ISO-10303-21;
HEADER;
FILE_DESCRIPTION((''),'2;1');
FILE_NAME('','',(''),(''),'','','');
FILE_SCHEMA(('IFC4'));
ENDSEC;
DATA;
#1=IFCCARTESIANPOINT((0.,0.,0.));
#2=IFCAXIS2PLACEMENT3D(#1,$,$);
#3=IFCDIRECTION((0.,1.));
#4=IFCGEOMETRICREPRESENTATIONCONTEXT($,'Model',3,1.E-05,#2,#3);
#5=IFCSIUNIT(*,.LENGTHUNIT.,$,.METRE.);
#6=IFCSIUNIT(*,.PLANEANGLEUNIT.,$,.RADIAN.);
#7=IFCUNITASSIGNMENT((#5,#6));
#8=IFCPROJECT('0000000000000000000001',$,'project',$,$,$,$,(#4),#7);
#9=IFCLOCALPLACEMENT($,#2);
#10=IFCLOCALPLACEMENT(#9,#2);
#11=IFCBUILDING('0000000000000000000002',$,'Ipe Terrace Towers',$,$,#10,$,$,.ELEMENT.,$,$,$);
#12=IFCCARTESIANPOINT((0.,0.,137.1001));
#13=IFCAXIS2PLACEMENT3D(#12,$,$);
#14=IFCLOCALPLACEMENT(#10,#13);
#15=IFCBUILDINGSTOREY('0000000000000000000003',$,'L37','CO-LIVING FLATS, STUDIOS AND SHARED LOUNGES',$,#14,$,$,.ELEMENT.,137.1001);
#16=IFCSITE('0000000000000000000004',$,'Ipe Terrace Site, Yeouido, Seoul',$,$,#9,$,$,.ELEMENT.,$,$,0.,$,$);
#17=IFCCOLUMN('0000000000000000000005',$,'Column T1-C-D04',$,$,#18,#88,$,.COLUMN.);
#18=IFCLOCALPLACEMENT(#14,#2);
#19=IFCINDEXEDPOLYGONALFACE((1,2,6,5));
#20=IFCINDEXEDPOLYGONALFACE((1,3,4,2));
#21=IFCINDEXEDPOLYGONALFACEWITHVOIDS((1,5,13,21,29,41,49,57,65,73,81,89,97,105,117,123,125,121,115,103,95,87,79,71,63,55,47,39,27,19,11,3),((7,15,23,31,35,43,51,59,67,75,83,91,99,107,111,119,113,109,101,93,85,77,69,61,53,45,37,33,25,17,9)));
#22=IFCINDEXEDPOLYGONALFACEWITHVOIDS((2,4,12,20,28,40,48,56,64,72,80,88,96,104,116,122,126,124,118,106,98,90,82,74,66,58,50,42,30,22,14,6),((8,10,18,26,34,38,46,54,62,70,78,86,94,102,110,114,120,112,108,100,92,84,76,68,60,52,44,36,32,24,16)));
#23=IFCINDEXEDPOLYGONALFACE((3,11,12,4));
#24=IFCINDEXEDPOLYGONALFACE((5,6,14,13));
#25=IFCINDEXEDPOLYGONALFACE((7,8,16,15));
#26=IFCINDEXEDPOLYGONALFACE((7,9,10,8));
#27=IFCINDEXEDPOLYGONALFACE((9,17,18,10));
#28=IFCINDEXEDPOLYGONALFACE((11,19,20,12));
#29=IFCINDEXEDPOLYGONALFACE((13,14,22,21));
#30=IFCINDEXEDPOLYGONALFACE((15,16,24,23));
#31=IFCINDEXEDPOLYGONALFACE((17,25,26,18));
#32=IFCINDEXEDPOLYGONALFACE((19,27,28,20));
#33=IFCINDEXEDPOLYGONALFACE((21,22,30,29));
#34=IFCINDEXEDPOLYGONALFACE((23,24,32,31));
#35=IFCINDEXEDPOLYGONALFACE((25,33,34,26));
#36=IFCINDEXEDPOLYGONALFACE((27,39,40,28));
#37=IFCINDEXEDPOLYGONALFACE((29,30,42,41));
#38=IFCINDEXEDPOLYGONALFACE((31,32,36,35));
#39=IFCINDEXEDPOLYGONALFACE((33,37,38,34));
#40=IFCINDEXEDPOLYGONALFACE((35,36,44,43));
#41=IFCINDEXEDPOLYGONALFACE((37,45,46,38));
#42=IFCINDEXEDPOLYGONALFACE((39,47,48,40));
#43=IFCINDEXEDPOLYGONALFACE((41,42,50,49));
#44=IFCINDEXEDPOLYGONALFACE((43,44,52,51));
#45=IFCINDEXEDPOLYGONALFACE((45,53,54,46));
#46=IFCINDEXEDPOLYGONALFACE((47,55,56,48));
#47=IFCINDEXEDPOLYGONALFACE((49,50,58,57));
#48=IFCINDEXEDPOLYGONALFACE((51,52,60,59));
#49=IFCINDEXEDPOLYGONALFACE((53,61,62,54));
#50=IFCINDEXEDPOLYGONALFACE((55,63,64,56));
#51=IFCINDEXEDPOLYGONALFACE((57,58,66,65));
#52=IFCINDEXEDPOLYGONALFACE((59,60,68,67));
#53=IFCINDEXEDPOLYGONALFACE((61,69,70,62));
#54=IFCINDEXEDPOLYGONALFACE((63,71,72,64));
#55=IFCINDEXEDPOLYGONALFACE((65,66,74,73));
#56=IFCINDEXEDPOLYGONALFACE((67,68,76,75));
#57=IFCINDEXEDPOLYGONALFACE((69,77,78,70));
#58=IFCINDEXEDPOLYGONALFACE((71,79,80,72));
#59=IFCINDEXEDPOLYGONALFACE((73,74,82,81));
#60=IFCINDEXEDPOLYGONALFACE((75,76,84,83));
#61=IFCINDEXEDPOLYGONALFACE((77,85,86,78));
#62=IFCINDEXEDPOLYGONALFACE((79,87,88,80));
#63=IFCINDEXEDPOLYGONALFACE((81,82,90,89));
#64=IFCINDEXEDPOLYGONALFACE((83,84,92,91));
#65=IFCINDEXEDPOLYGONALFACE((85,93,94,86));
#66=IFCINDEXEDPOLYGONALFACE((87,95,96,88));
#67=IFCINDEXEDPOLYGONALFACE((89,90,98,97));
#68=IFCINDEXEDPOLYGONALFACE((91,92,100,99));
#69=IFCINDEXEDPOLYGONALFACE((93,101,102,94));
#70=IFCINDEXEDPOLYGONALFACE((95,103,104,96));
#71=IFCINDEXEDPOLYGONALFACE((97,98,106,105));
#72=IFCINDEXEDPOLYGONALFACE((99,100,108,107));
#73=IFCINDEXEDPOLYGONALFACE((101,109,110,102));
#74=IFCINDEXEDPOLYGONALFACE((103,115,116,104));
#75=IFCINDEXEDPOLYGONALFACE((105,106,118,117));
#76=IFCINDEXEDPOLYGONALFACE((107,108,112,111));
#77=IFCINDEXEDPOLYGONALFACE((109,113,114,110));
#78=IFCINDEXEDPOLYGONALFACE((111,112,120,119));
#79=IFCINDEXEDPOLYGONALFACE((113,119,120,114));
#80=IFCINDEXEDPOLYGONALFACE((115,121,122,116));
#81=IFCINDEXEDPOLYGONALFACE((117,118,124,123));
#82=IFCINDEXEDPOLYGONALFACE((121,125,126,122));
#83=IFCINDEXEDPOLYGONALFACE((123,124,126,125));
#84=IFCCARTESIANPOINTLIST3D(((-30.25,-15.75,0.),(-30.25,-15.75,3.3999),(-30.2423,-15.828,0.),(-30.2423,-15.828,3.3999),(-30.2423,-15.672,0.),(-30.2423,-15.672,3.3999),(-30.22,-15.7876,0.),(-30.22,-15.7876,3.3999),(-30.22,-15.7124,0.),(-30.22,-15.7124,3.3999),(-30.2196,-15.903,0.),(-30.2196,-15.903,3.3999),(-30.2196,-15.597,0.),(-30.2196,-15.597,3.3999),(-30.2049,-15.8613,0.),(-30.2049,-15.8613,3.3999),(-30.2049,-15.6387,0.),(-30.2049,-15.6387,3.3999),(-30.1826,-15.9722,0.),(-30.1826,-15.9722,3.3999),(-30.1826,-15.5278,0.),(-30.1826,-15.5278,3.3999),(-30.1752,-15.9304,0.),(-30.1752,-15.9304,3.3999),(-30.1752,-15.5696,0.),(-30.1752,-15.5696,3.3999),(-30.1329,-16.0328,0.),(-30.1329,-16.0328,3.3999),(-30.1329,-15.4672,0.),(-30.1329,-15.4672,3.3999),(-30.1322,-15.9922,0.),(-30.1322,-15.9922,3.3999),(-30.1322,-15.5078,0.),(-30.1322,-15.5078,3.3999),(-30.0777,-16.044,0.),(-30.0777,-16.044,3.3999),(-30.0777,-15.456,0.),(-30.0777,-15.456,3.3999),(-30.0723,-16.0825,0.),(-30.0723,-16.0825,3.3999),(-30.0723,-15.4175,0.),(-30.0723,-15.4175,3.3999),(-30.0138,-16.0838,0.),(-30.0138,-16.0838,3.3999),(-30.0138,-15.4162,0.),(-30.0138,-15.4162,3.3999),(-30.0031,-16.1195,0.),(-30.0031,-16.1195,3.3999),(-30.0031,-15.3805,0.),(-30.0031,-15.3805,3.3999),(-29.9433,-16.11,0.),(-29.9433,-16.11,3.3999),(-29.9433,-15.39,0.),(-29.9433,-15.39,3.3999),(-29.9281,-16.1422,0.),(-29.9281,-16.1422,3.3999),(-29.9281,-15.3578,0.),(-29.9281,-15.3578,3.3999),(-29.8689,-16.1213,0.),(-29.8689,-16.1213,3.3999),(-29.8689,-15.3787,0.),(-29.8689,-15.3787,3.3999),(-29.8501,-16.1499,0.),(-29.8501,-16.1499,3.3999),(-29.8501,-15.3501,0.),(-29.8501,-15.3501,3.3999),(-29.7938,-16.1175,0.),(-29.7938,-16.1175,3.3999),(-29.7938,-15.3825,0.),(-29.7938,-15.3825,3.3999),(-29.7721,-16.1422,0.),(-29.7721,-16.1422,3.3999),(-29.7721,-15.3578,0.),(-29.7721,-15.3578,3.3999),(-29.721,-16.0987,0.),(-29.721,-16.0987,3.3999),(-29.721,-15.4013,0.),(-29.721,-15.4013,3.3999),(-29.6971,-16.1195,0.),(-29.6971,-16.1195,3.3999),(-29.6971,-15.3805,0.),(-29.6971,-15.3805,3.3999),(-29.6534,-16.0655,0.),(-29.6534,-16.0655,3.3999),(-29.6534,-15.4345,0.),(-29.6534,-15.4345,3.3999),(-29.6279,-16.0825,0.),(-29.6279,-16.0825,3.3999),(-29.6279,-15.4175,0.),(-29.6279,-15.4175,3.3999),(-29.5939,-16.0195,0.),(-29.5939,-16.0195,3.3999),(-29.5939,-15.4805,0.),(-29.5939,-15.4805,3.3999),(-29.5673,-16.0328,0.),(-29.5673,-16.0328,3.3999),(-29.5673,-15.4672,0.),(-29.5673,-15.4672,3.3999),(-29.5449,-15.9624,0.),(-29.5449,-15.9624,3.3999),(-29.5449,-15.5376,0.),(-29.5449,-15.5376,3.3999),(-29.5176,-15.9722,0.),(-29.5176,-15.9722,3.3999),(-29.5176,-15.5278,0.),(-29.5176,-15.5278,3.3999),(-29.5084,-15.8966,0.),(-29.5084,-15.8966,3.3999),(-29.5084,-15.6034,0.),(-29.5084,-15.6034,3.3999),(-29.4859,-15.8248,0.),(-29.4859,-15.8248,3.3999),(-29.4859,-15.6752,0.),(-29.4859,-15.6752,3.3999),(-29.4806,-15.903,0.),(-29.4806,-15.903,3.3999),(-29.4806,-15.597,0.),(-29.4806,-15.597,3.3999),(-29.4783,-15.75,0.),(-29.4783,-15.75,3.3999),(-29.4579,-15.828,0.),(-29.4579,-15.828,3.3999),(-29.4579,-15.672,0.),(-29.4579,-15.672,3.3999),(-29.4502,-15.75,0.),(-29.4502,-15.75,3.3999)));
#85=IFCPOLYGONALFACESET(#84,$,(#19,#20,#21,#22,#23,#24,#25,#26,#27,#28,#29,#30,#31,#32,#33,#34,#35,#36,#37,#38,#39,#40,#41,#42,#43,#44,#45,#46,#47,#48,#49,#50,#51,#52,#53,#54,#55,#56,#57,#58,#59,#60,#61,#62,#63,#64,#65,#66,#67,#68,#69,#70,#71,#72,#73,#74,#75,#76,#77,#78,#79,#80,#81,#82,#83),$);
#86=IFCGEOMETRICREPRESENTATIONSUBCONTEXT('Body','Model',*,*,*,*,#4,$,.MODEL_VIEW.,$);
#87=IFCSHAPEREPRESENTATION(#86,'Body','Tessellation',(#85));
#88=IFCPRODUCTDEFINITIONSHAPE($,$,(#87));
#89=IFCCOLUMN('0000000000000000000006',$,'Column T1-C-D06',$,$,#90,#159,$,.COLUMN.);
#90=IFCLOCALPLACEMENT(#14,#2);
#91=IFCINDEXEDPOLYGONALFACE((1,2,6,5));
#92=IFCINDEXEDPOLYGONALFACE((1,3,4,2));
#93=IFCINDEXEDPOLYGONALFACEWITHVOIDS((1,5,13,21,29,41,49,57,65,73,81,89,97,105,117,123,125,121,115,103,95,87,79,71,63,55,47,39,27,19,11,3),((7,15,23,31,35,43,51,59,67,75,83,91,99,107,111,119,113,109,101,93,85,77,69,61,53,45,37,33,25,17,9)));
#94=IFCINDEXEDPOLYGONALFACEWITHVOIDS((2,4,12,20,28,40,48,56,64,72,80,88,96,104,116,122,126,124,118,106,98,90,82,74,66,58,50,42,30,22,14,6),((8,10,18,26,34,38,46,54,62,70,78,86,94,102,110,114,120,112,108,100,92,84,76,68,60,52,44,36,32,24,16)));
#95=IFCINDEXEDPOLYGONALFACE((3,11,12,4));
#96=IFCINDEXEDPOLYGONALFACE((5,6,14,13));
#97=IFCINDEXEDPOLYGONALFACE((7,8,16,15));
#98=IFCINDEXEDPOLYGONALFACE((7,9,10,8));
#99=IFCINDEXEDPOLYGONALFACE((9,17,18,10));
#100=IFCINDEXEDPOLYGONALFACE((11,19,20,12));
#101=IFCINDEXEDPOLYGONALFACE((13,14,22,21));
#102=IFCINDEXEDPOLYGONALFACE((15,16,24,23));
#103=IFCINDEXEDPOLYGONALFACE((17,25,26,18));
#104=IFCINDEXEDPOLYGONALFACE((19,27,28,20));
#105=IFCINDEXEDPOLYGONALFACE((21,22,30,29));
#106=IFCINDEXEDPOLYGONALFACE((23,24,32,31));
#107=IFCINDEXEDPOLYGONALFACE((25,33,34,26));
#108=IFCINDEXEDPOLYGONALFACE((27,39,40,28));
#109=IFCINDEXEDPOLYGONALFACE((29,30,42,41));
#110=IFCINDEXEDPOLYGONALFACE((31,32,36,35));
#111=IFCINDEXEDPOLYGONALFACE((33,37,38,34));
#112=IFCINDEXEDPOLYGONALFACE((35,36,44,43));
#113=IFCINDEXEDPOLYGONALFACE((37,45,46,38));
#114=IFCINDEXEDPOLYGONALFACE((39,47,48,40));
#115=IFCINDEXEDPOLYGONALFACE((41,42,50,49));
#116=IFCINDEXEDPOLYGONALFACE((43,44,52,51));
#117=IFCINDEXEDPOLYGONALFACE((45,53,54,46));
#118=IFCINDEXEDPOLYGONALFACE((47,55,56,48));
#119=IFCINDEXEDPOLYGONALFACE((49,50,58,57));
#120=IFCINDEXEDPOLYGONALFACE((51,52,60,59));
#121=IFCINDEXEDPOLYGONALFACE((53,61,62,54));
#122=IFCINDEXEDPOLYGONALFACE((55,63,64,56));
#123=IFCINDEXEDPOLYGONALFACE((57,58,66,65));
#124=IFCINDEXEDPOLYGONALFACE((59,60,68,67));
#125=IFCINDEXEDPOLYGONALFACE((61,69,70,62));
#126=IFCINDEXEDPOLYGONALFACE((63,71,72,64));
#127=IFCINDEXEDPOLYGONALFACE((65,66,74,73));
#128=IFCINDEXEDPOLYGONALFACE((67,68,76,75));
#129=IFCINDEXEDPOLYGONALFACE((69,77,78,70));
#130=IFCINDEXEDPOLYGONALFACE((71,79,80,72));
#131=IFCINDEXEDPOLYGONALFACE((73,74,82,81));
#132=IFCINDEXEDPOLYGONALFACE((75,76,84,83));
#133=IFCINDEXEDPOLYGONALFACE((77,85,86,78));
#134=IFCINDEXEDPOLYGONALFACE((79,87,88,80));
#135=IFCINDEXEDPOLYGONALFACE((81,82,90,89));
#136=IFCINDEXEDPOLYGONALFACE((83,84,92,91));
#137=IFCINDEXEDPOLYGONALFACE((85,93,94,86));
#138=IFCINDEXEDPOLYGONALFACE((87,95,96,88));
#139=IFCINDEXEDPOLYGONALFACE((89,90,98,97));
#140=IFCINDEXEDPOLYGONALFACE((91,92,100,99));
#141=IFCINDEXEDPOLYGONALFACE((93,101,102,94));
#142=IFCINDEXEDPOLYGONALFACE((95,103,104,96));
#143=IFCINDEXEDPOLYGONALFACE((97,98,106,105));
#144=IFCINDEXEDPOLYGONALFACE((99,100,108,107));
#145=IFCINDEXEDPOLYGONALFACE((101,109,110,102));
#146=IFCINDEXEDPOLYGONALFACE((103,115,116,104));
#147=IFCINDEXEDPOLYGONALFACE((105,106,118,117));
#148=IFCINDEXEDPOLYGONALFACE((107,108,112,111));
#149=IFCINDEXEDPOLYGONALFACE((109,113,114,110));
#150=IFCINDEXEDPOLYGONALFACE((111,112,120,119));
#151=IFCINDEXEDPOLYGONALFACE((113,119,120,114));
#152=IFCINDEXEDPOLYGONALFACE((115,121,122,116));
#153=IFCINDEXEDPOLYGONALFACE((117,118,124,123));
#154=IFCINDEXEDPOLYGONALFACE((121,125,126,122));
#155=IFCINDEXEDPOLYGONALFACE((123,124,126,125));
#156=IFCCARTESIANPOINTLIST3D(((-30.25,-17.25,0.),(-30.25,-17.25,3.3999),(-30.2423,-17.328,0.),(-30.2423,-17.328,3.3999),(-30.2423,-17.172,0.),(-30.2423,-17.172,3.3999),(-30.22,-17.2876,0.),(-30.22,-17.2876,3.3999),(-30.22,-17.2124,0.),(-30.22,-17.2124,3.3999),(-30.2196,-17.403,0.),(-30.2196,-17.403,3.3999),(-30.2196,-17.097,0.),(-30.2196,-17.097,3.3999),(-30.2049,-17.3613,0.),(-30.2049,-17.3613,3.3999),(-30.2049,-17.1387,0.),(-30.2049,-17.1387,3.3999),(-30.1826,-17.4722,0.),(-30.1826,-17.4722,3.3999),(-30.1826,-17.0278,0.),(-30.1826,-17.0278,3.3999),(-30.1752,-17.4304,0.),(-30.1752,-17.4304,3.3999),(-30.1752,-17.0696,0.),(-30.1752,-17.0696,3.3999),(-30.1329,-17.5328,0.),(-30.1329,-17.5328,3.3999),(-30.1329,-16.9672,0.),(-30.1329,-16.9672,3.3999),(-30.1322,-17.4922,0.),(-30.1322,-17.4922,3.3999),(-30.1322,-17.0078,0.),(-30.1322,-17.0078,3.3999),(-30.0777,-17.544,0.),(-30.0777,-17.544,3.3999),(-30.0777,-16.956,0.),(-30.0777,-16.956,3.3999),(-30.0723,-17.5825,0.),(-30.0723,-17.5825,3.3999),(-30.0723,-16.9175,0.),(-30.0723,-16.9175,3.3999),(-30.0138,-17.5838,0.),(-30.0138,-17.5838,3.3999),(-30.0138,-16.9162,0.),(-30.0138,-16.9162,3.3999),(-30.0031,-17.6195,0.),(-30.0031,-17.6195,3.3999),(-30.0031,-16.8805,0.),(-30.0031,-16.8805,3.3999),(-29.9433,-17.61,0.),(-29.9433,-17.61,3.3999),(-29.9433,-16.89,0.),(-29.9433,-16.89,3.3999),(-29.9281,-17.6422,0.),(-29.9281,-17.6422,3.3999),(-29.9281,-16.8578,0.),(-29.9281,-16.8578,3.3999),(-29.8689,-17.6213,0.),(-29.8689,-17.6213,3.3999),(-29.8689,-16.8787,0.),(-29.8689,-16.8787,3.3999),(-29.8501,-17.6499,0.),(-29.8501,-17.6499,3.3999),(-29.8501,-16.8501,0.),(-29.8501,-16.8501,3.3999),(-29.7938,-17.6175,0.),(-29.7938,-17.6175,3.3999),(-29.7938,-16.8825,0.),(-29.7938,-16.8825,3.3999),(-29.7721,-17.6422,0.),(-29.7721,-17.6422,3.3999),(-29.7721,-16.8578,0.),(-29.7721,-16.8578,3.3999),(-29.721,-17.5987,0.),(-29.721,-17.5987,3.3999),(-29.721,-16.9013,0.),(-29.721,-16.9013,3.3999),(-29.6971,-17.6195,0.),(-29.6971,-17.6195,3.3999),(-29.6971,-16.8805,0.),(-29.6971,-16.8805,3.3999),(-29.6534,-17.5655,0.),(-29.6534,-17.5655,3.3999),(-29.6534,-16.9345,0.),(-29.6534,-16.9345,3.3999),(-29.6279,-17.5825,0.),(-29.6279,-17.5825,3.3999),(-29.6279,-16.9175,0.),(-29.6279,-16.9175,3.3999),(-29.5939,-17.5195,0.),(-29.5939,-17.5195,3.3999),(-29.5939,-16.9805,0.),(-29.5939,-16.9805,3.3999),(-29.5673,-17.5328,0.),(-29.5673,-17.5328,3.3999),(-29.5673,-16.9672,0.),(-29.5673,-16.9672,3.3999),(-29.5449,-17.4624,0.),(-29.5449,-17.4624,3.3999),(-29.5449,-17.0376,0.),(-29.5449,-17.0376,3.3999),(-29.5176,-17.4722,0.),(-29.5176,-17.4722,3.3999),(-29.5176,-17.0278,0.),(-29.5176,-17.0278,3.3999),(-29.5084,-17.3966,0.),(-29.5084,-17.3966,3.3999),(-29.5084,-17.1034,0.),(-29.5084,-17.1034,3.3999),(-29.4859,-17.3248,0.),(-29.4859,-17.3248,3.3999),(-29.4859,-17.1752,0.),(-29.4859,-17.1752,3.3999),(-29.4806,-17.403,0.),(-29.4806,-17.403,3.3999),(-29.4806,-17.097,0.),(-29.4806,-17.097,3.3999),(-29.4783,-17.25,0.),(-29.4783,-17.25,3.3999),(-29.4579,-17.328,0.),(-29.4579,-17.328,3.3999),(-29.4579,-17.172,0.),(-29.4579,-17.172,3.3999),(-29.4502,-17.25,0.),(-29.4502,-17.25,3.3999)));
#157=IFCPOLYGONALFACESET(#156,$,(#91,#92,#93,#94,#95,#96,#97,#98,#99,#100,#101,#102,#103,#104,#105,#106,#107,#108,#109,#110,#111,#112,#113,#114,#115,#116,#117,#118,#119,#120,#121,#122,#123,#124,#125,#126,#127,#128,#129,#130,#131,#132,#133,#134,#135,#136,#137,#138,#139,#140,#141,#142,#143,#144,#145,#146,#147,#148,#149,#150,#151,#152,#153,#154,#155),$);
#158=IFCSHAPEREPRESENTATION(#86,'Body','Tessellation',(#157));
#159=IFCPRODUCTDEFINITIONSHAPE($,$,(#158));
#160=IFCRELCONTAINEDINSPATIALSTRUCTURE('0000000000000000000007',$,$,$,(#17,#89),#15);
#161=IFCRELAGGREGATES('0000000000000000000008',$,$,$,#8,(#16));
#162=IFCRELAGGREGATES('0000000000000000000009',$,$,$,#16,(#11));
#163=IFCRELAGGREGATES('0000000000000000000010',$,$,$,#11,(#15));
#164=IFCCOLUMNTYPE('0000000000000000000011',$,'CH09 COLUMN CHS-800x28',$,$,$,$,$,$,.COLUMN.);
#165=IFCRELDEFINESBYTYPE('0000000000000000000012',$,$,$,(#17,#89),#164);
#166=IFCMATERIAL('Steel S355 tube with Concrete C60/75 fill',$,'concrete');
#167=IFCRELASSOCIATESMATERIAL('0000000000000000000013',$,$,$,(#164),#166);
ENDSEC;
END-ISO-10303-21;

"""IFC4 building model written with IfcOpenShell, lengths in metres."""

from ifc_helpers import new_model, si_unit, direction, frame, origin, origin_2d, place, context, subcontext, project, spatial, hollow_circle, extrude, material, material_profile, profile_set, type_object, element, save


model = new_model("IFC4")

# Units and contexts
model_context = context("Model", 3, precision=1e-05, world=origin(), true_north=direction((0.0, 1.0)))
body_context = subcontext(model_context, "Body", "Model", "MODEL_VIEW")
ifc_project = project(units=[si_unit("LENGTHUNIT", "METRE"), si_unit("PLANEANGLEUNIT", "RADIAN")], contexts=[model_context])

# Site, building, storey
site_placement = place(None, origin())
site = spatial("IfcSite", under=ifc_project, at=site_placement, Name="Ipe Terrace Site, Yeouido, Seoul", CompositionType="ELEMENT", RefElevation=0.0)
building_placement = place(site_placement, origin())
building = spatial("IfcBuilding", under=site, at=building_placement, Name="Ipe Terrace Towers", CompositionType="ELEMENT")
storey_placement = place(building_placement, frame((0.0, 0.0, 137.1001)))
storey = spatial("IfcBuildingStorey", under=building, at=storey_placement, Name="L37", Description="CO-LIVING FLATS, STUDIOS AND SHARED LOUNGES", CompositionType="ELEMENT", Elevation=137.1001)

# Columns
ifc_material_1 = material(Name="Steel S355 tube with Concrete C60/75 fill", Category="concrete")
ifc_material_profile_1 = material_profile(ifc_material_1, hollow_circle(Radius=0.3999, WallThickness=0.0281, at=origin_2d()), Name="CHS-800x28")
ifc_profile_set_1 = profile_set([ifc_material_profile_1], Name="Steel S355 tube with Concrete C60/75 fill")
column_type_1 = type_object("IfcColumnType", Name="CH09 COLUMN CHS-800x28", PredefinedType="COLUMN", material=ifc_profile_set_1)
for number, where, z_axis, x_axis, name in (
    (1, (-29.8501, -15.75, 0.0), (0.0, 0.0, 1.0), (1.0, 0.0, 0.0), "Column T1-C-D04"),
    (2, (-29.8501, -17.25, 0.0), (0.0, 0.0, 1.0), (1.0, 0.0, 0.0), "Column T1-C-D06"),
):
    element("IfcColumn", number, at=place(storey_placement, frame(where, z_axis=z_axis, x_axis=x_axis)), inside=storey, type_object=column_type_1, Name=name, PredefinedType="COLUMN", context=body_context, shape_type="SweptSolid", body=[
        extrude(hollow_circle(Radius=0.3999, WallThickness=0.0281, at=origin_2d()), origin(), (0.0, 0.0, 1.0), 3.3999),
    ])

save(model, "model.ifc")
